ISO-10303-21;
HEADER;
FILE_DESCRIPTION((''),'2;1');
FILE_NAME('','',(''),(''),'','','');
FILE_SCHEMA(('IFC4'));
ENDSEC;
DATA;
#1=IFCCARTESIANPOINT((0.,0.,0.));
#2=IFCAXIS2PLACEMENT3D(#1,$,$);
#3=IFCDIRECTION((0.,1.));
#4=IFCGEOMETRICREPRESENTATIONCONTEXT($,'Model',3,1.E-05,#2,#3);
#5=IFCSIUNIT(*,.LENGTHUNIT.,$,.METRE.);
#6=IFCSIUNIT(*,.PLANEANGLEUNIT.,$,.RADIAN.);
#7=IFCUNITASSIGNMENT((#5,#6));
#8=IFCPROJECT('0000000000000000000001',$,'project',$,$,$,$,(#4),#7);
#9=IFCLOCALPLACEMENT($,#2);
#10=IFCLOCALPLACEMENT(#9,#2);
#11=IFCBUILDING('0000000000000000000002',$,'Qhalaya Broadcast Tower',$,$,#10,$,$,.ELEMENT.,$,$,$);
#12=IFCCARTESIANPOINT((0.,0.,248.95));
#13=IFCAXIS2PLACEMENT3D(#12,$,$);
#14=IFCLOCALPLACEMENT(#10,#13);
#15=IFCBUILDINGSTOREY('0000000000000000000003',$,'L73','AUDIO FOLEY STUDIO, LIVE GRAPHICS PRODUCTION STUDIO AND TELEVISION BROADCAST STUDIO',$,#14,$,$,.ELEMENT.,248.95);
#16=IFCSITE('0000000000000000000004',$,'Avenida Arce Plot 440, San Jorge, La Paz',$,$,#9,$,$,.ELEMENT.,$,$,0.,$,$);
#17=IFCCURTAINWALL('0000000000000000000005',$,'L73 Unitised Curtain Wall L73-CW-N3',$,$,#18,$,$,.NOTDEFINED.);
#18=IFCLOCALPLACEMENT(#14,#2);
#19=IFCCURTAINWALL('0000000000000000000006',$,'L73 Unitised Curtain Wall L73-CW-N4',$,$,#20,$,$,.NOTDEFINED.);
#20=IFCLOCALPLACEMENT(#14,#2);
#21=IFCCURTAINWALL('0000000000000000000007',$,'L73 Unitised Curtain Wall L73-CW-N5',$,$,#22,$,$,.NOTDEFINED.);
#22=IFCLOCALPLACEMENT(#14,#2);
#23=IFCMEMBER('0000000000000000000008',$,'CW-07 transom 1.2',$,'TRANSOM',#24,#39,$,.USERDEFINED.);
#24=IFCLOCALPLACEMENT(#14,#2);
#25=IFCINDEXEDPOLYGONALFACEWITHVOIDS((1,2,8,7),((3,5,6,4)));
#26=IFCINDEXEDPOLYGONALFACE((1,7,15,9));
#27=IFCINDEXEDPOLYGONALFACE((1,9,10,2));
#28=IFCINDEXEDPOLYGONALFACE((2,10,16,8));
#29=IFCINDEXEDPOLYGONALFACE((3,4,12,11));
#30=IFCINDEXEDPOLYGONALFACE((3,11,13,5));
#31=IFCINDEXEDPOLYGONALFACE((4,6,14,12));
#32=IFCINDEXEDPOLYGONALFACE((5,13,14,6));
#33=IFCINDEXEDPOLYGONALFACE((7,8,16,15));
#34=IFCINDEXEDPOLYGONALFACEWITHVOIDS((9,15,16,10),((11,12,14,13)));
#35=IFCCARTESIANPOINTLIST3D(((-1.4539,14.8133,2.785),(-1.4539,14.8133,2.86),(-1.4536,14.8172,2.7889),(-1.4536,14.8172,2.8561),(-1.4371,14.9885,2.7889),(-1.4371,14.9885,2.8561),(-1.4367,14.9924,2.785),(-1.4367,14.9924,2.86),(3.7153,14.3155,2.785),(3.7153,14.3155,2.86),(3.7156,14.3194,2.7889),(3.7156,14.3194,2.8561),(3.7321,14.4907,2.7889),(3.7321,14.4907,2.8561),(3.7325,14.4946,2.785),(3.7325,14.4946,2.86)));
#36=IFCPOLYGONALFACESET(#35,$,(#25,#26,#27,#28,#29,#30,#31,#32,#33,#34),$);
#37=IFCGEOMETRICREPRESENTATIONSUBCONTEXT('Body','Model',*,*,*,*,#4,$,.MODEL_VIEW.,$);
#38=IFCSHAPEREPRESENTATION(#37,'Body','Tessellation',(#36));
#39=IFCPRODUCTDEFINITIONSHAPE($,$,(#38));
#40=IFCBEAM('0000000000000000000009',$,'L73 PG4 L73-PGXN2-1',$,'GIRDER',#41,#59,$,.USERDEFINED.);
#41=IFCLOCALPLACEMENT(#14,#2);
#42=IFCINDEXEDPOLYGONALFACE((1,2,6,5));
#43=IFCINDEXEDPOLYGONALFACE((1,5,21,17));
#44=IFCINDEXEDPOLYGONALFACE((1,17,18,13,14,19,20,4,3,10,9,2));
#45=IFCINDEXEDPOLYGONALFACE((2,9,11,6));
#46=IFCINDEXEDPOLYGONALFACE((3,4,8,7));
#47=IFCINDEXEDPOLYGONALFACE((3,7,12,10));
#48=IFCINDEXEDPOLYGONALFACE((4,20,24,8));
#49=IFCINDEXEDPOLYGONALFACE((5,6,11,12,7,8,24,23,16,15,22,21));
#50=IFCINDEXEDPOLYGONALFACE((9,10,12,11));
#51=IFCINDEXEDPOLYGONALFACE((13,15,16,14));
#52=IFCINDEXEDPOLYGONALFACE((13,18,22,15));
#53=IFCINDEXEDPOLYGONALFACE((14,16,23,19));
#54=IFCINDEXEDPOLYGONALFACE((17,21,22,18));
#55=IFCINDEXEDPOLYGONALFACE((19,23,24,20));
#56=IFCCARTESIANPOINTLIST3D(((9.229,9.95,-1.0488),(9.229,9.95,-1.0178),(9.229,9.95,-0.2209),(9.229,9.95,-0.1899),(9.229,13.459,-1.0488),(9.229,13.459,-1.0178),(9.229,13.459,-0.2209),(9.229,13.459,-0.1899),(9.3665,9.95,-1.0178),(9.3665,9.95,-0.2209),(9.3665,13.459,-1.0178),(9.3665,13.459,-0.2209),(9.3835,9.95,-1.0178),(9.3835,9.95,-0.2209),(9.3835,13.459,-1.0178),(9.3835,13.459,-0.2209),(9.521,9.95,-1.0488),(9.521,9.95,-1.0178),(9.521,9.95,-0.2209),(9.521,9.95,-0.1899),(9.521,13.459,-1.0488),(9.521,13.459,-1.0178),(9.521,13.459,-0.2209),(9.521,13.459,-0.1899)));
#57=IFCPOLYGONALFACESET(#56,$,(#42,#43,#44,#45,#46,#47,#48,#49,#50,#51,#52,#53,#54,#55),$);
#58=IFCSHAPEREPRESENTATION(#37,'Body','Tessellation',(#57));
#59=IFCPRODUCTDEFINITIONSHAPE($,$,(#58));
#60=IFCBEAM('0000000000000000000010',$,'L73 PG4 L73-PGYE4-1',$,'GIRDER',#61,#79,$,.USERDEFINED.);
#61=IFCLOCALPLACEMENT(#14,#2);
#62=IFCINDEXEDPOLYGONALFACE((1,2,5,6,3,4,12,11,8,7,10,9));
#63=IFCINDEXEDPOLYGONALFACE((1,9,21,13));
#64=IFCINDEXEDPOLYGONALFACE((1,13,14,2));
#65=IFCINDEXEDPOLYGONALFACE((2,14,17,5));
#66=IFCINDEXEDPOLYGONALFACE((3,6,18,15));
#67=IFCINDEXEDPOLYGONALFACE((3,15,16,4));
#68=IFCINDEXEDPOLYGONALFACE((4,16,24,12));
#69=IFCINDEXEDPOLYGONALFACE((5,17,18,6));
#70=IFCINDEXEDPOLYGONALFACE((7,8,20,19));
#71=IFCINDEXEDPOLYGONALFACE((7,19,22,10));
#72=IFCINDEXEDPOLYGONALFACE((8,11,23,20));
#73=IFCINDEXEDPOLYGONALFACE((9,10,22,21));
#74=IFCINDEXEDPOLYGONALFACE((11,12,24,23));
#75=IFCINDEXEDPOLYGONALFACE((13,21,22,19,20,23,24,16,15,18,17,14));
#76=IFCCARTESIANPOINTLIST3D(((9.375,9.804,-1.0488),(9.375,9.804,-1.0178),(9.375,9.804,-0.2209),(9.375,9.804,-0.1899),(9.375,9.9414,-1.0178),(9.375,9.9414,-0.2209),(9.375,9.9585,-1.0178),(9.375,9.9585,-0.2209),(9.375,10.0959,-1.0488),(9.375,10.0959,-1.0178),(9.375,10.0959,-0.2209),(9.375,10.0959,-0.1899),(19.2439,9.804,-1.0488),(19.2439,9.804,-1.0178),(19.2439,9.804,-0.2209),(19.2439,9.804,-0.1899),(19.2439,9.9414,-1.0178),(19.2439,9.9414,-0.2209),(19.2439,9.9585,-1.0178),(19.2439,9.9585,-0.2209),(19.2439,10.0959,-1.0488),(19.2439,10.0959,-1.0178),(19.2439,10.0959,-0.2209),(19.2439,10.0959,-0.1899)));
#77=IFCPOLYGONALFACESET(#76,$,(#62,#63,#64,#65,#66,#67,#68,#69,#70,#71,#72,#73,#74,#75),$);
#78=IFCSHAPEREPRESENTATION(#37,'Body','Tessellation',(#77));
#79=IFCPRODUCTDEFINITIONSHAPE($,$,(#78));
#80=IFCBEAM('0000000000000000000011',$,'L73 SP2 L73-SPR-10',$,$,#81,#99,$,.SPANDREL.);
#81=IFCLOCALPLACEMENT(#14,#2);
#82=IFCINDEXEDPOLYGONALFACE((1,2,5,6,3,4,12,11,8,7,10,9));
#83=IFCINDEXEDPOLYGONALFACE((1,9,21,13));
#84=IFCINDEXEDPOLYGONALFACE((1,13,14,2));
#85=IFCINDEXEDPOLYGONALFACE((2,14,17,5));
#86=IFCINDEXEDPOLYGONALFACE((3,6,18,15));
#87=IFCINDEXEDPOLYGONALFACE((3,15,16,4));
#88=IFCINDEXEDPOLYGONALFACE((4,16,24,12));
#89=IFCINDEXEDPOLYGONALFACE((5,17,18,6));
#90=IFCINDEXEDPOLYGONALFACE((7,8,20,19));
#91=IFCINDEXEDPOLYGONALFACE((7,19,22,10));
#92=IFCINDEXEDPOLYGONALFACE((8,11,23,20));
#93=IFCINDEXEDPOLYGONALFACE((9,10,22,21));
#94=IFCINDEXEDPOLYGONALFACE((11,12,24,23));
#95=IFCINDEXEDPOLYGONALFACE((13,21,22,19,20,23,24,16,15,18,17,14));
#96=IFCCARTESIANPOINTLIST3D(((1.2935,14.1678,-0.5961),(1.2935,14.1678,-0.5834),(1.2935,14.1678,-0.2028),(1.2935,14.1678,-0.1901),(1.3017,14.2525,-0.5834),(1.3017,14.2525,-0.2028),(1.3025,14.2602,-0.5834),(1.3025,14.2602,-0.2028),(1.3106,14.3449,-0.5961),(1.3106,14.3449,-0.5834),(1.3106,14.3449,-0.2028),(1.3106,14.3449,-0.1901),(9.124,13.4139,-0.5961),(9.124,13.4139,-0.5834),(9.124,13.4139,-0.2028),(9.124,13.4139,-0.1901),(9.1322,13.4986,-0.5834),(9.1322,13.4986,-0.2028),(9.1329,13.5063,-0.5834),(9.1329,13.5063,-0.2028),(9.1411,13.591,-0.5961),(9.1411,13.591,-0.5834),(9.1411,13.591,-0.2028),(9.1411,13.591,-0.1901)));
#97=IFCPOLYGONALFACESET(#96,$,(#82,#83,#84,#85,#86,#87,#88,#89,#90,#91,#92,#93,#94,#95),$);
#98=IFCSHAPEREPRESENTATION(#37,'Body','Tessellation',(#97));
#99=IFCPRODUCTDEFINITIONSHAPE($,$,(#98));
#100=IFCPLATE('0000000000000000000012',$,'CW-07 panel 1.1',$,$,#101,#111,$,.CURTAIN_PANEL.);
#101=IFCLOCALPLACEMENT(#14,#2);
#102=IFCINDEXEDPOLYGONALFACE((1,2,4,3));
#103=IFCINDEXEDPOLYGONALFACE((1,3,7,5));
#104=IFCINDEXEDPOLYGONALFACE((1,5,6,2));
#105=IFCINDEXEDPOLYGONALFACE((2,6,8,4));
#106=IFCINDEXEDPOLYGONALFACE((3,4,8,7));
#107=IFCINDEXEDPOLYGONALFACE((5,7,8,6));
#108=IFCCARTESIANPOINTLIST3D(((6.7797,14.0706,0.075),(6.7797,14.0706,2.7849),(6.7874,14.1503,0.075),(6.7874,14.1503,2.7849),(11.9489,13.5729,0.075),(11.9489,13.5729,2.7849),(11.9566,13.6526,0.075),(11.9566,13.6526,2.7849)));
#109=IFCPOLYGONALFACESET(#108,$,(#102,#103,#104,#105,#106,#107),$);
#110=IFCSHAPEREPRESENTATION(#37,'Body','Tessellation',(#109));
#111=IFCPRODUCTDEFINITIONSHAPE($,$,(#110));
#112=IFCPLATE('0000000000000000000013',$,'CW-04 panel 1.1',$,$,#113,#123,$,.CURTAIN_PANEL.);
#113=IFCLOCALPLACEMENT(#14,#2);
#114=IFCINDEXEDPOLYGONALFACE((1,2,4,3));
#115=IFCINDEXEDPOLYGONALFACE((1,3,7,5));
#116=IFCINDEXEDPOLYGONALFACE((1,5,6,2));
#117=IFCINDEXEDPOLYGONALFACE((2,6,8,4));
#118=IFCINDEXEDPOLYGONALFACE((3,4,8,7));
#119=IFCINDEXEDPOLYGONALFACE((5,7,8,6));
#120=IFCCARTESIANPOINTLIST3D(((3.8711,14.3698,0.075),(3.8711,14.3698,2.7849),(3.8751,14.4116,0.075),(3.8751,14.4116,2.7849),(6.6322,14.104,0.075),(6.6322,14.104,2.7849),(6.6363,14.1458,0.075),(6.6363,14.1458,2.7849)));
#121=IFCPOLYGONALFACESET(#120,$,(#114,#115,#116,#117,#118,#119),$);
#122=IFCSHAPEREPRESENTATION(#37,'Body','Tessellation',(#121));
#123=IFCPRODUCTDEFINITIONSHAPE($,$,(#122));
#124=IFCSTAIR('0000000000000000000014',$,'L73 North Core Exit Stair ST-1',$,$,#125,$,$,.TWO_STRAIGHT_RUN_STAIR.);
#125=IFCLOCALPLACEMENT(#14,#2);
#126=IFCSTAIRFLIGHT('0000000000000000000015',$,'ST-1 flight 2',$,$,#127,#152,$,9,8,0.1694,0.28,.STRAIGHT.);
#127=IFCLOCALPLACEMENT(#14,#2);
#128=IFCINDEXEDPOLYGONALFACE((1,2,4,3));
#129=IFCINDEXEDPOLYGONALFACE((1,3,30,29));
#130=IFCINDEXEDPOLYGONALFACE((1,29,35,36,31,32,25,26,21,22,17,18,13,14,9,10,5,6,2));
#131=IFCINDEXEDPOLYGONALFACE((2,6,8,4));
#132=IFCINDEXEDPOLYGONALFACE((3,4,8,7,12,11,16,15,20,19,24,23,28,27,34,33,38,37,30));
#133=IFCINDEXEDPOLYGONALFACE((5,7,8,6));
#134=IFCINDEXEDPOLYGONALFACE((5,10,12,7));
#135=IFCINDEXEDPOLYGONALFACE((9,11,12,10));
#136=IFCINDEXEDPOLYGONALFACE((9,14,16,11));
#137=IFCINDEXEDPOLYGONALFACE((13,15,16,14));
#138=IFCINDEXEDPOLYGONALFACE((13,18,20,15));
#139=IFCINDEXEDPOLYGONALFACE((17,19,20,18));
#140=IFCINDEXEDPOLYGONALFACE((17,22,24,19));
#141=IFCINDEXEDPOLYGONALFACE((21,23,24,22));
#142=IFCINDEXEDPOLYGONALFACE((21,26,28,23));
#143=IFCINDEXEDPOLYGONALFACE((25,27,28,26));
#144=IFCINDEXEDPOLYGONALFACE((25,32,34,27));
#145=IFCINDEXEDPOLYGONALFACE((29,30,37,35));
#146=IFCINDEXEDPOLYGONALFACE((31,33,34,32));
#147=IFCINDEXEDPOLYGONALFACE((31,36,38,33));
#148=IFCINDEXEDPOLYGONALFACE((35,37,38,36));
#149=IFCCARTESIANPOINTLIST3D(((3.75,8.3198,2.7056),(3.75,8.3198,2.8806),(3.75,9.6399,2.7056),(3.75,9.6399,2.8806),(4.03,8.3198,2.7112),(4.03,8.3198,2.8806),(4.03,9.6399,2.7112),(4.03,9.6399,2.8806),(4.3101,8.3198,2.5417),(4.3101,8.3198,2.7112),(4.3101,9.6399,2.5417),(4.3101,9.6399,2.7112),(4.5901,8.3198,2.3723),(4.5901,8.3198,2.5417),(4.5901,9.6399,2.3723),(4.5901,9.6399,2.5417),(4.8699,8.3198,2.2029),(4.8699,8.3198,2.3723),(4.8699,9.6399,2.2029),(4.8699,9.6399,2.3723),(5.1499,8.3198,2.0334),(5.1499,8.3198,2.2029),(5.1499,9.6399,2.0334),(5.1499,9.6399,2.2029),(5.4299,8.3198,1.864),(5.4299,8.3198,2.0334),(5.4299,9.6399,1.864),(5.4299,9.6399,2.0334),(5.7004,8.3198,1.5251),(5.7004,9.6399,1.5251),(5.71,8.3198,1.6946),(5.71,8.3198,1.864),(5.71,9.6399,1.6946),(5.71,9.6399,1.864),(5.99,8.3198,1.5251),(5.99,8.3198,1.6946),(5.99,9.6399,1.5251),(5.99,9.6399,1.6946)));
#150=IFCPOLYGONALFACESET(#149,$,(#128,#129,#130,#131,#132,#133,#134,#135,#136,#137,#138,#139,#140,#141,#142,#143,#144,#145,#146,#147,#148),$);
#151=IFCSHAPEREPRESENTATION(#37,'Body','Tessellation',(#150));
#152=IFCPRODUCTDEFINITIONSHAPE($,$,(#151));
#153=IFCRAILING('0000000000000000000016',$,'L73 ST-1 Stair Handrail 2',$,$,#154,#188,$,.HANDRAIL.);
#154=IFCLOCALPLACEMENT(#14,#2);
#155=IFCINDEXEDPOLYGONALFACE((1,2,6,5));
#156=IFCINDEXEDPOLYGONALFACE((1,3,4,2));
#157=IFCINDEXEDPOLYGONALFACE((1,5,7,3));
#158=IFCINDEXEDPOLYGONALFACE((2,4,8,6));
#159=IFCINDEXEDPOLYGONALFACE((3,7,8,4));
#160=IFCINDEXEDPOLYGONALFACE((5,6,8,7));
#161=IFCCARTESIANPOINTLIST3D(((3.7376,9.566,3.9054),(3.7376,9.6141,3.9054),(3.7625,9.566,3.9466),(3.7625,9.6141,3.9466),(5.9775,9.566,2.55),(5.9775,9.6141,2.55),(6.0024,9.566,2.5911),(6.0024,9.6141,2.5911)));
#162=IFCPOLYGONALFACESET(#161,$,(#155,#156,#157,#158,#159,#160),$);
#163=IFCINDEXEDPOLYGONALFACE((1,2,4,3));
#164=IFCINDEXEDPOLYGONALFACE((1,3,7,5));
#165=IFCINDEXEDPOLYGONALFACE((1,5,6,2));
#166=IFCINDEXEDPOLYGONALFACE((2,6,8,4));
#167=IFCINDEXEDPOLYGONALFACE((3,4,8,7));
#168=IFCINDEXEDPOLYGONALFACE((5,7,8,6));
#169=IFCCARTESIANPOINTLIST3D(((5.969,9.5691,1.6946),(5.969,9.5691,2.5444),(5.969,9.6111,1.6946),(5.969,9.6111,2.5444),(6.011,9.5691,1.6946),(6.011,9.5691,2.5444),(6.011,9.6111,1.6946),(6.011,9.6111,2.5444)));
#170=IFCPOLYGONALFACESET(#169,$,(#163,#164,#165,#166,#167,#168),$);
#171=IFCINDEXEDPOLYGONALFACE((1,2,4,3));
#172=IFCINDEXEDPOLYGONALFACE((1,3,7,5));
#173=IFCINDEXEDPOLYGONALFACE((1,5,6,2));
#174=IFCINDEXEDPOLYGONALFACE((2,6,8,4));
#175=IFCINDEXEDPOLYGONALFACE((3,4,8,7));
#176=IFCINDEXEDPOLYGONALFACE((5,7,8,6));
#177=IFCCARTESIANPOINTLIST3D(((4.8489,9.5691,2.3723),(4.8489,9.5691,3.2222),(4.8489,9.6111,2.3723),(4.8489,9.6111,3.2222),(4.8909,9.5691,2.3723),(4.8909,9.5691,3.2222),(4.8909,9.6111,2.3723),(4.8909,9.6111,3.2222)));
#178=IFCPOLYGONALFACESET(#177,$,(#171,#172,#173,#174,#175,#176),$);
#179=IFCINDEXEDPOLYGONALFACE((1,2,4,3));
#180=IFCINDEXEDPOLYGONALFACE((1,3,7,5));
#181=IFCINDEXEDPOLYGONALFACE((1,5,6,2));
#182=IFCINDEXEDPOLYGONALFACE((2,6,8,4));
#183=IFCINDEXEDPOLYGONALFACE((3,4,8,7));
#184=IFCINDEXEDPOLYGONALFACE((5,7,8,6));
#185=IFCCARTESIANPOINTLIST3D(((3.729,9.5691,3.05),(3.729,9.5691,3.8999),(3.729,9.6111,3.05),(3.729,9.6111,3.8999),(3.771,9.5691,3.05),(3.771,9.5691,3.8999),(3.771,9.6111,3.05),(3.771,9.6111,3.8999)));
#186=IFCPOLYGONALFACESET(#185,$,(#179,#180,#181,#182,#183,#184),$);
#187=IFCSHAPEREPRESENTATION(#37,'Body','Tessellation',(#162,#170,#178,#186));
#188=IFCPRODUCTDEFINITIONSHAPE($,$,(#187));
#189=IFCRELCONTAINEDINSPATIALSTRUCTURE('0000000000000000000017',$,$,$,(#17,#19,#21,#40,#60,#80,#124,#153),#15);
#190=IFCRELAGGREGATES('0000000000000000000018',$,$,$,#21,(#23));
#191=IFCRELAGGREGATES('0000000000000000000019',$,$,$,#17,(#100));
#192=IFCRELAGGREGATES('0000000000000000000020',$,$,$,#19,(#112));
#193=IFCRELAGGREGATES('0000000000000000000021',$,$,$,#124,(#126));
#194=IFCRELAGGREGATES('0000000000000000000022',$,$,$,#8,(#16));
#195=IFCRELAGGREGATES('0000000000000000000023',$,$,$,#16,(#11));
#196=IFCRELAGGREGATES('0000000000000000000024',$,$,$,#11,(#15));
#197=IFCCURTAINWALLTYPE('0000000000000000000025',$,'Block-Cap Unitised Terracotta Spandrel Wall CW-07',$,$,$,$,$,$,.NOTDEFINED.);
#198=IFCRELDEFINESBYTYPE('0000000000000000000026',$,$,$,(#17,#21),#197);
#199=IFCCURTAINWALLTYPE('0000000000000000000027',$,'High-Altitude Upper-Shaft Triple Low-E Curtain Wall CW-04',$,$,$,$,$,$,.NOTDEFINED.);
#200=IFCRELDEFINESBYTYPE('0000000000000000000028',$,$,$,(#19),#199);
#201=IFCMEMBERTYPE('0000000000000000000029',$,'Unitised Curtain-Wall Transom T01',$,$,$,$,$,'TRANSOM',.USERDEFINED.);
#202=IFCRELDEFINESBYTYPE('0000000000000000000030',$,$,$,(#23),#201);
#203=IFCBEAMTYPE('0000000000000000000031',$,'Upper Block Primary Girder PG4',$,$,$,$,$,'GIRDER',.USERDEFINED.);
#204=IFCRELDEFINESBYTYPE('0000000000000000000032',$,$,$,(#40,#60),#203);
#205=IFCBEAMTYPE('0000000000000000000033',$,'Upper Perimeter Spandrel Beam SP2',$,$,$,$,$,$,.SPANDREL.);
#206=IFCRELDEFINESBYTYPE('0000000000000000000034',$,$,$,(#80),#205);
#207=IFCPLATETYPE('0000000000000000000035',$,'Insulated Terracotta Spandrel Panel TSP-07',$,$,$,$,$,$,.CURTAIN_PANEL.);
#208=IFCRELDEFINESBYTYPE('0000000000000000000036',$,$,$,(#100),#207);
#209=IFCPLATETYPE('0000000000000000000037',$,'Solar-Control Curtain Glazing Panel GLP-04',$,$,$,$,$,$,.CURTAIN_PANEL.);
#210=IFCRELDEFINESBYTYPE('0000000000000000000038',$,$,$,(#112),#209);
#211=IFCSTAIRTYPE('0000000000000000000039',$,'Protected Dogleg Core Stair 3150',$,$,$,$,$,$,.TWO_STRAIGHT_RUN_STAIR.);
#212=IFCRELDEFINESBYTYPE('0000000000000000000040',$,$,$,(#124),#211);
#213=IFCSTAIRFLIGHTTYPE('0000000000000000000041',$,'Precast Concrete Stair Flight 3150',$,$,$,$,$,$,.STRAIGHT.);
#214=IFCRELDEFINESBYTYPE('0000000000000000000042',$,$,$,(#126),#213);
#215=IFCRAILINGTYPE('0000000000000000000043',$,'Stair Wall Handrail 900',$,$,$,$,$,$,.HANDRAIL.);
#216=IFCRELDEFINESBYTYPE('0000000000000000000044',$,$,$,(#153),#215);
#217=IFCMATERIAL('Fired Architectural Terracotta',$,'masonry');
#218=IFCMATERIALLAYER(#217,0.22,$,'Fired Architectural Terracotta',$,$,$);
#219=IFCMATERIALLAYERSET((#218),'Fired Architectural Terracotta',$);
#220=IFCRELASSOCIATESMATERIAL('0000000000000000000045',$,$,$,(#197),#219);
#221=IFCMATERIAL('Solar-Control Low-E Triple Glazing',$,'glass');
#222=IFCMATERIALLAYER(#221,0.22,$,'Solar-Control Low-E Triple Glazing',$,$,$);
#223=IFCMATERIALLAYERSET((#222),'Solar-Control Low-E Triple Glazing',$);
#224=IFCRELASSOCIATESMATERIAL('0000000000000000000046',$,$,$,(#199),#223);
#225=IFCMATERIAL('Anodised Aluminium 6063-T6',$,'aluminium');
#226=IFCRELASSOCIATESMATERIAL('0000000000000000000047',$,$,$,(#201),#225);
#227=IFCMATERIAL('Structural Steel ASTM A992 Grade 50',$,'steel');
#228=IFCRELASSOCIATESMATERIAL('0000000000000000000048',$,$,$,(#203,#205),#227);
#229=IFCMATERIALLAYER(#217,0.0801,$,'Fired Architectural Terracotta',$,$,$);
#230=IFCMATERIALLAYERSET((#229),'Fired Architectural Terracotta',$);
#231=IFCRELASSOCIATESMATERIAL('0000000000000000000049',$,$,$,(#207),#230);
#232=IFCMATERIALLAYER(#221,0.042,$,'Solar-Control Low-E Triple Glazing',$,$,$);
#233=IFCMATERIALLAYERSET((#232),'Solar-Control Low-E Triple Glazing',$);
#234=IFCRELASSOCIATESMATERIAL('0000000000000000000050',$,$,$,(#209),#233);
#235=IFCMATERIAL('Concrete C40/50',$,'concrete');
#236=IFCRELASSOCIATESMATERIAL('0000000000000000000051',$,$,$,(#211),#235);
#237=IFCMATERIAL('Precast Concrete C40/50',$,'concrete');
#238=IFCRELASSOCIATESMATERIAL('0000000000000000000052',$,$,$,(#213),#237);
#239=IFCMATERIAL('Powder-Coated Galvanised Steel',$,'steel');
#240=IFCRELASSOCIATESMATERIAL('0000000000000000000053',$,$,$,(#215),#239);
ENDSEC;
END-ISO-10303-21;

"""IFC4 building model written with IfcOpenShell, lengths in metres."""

from ifc_helpers import new_model, si_unit, direction, frame, origin, origin_2d, place, context, subcontext, project, spatial, polyline, rectangle, hollow_rectangle, i_section, outline, extrude, material, layer, layer_set, material_profile, profile_set, type_object, element, aggregate, save


model = new_model("IFC4")

# Units and contexts
model_context = context("Model", 3, precision=1e-05, world=origin(), true_north=direction((0.0, 1.0)))
body_context = subcontext(model_context, "Body", "Model", "MODEL_VIEW")
ifc_project = project(units=[si_unit("LENGTHUNIT", "METRE"), si_unit("PLANEANGLEUNIT", "RADIAN")], contexts=[model_context])

# Site, building, storey
site_placement = place(None, origin())
site = spatial("IfcSite", under=ifc_project, at=site_placement, Name="Avenida Arce Plot 440, San Jorge, La Paz", CompositionType="ELEMENT", RefElevation=0.0)
building_placement = place(site_placement, origin())
building = spatial("IfcBuilding", under=site, at=building_placement, Name="Qhalaya Broadcast Tower", CompositionType="ELEMENT")
storey_placement = place(building_placement, frame((0.0, 0.0, 248.95)))
storey = spatial("IfcBuildingStorey", under=building, at=storey_placement, Name="L73", Description="AUDIO FOLEY STUDIO, LIVE GRAPHICS PRODUCTION STUDIO AND TELEVISION BROADCAST STUDIO", CompositionType="ELEMENT", Elevation=248.95)

# Shared definitions
ifc_material_1 = material(Name="Structural Steel ASTM A992 Grade 50", Category="steel")

# Curtain wall
ifc_material_2 = material(Name="Fired Architectural Terracotta", Category="masonry")
ifc_layer_1 = layer(ifc_material_2, 0.22, Name="Fired Architectural Terracotta")
ifc_layer_set_1 = layer_set([ifc_layer_1], Name="Fired Architectural Terracotta")
curtain_wall_type_1 = type_object("IfcCurtainWallType", Name="Block-Cap Unitised Terracotta Spandrel Wall CW-07", PredefinedType="NOTDEFINED", material=ifc_layer_set_1)
curtain_wall_1_placement = place(storey_placement, origin())
curtain_wall_1 = element("IfcCurtainWall", 1, at=curtain_wall_1_placement, inside=storey, type_object=curtain_wall_type_1, Name="L73 Unitised Curtain Wall L73-CW-N3", PredefinedType="NOTDEFINED")
ifc_material_3 = material(Name="Anodised Aluminium 6063-T6", Category="aluminium")

# Curtain wall
ifc_material_4 = material(Name="Solar-Control Low-E Triple Glazing", Category="glass")
ifc_layer_2 = layer(ifc_material_4, 0.22, Name="Solar-Control Low-E Triple Glazing")
ifc_layer_set_2 = layer_set([ifc_layer_2], Name="Solar-Control Low-E Triple Glazing")
curtain_wall_type_2 = type_object("IfcCurtainWallType", Name="High-Altitude Upper-Shaft Triple Low-E Curtain Wall CW-04", PredefinedType="NOTDEFINED", material=ifc_layer_set_2)
curtain_wall_2_placement = place(storey_placement, origin())
curtain_wall_2 = element("IfcCurtainWall", 2, at=curtain_wall_2_placement, inside=storey, type_object=curtain_wall_type_2, Name="L73 Unitised Curtain Wall L73-CW-N4", PredefinedType="NOTDEFINED")

# Curtain wall
curtain_wall_3_placement = place(storey_placement, origin())
curtain_wall_3 = element("IfcCurtainWall", 3, at=curtain_wall_3_placement, inside=storey, type_object=curtain_wall_type_1, Name="L73 Unitised Curtain Wall L73-CW-N5", PredefinedType="NOTDEFINED")

# Member
ifc_material_profile_1 = material_profile(ifc_material_3, hollow_rectangle(XDim=0.075, YDim=0.1799, WallThickness=0.0039, at=origin_2d()), Name="ALU-TRN 75x180x4")
ifc_profile_set_1 = profile_set([ifc_material_profile_1], Name="Anodised Aluminium 6063-T6")
member_type_1 = type_object("IfcMemberType", Name="Unitised Curtain-Wall Transom T01", ElementType="TRANSOM", PredefinedType="USERDEFINED", material=ifc_profile_set_1)
member_1_placement = place(storey_placement, frame((3.7239, 14.405, 2.8225), z_axis=(-0.995395, 0.095858, 0.0), x_axis=(0.0, 0.0, 1.0)))
member_1 = element("IfcMember", 4, at=member_1_placement, type_object=member_type_1, Name="CW-07 transom 1.2", ObjectType="TRANSOM", PredefinedType="USERDEFINED", context=body_context, shape_type="SweptSolid", body=[
    extrude(hollow_rectangle(XDim=0.075, YDim=0.1799, WallThickness=0.0039, at=origin_2d()), origin(), (0.0, 0.0, 1.0), 5.1931),
])
aggregate(curtain_wall_3, [member_1])

# Beams
ifc_material_profile_2 = material_profile(ifc_material_1, i_section(OverallWidth=0.292, OverallDepth=0.8589, WebThickness=0.0171, FlangeThickness=0.031, at=origin_2d()), Name="W33X169")
ifc_profile_set_2 = profile_set([ifc_material_profile_2], Name="Structural Steel ASTM A992 Grade 50")
beam_type_1 = type_object("IfcBeamType", Name="Upper Block Primary Girder PG4", ElementType="GIRDER", PredefinedType="USERDEFINED", material=ifc_profile_set_2)
beam_1_placement = place(storey_placement, frame((9.375, 9.95, -0.6194), z_axis=(0.0, 1.0, 0.0), x_axis=(-1.0, 0.0, 0.0)))
element("IfcBeam", 5, at=beam_1_placement, inside=storey, type_object=beam_type_1, Name="L73 PG4 L73-PGXN2-1", ObjectType="GIRDER", PredefinedType="USERDEFINED", context=body_context, shape_type="SweptSolid", body=[
    extrude(i_section(OverallWidth=0.292, OverallDepth=0.8589, WebThickness=0.0171, FlangeThickness=0.031, at=origin_2d()), origin(), (0.0, 0.0, 1.0), 3.509),
])
beam_2_placement = place(storey_placement, frame((9.375, 9.95, -0.6194), z_axis=(1.0, 0.0, 0.0), x_axis=(0.0, 1.0, 0.0)))
element("IfcBeam", 6, at=beam_2_placement, inside=storey, type_object=beam_type_1, Name="L73 PG4 L73-PGYE4-1", ObjectType="GIRDER", PredefinedType="USERDEFINED", context=body_context, shape_type="SweptSolid", body=[
    extrude(i_section(OverallWidth=0.292, OverallDepth=0.8589, WebThickness=0.0171, FlangeThickness=0.031, at=origin_2d()), origin(), (0.0, 0.0, 1.0), 9.8689),
])
ifc_material_profile_3 = material_profile(ifc_material_1, i_section(OverallWidth=0.178, OverallDepth=0.406, WebThickness=0.0078, FlangeThickness=0.0127, at=origin_2d()), Name="W16X40")
ifc_profile_set_3 = profile_set([ifc_material_profile_3], Name="Structural Steel ASTM A992 Grade 50")
beam_type_2 = type_object("IfcBeamType", Name="Upper Perimeter Spandrel Beam SP2", PredefinedType="SPANDREL", material=ifc_profile_set_3)
beam_3_placement = place(storey_placement, frame((9.1326, 13.5024, -0.3931), z_axis=(-0.995397, 0.095834, 0.0), x_axis=(-0.095834, -0.995397, 0.0)))
element("IfcBeam", 7, at=beam_3_placement, inside=storey, type_object=beam_type_2, Name="L73 SP2 L73-SPR-10", PredefinedType="SPANDREL", context=body_context, shape_type="SweptSolid", body=[
    extrude(i_section(OverallWidth=0.178, OverallDepth=0.406, WebThickness=0.0078, FlangeThickness=0.0127, at=origin_2d()), origin(), (0.0, 0.0, 1.0), 7.8667),
])

# Plates
ifc_layer_3 = layer(ifc_material_2, 0.0801, Name="Fired Architectural Terracotta")
ifc_layer_set_3 = layer_set([ifc_layer_3], Name="Fired Architectural Terracotta")
plate_type_1 = type_object("IfcPlateType", Name="Insulated Terracotta Spandrel Panel TSP-07", PredefinedType="CURTAIN_PANEL", material=ifc_layer_set_3)
plate_1_placement = place(storey_placement, frame((9.3682, 13.8616, 0.075), z_axis=(0.0, 0.0, 1.0), x_axis=(-0.995396, 0.095845, 0.0)))
plate_1 = element("IfcPlate", 8, at=plate_1_placement, type_object=plate_type_1, Name="CW-07 panel 1.1", PredefinedType="CURTAIN_PANEL", context=body_context, shape_type="SweptSolid", body=[
    extrude(rectangle(XDim=5.1931, YDim=0.0801, at=origin_2d()), origin(), (0.0, 0.0, 1.0), 2.71),
])
aggregate(curtain_wall_1, [plate_1])
ifc_layer_4 = layer(ifc_material_4, 0.042, Name="Solar-Control Low-E Triple Glazing")
ifc_layer_set_4 = layer_set([ifc_layer_4], Name="Solar-Control Low-E Triple Glazing")
plate_type_2 = type_object("IfcPlateType", Name="Solar-Control Curtain Glazing Panel GLP-04", PredefinedType="CURTAIN_PANEL", material=ifc_layer_set_4)
plate_2_placement = place(storey_placement, frame((5.2537, 14.2578, 0.075), z_axis=(0.0, 0.0, 1.0), x_axis=(-0.995398, 0.095829, 0.0)))
plate_2 = element("IfcPlate", 9, at=plate_2_placement, type_object=plate_type_2, Name="CW-04 panel 1.1", PredefinedType="CURTAIN_PANEL", context=body_context, shape_type="SweptSolid", body=[
    extrude(rectangle(XDim=2.7739, YDim=0.042, at=origin_2d()), origin(), (0.0, 0.0, 1.0), 2.71),
])
aggregate(curtain_wall_2, [plate_2])

# Stair, stair flight
ifc_material_5 = material(Name="Concrete C40/50", Category="concrete")
stair_type = type_object("IfcStairType", Name="Protected Dogleg Core Stair 3150", PredefinedType="TWO_STRAIGHT_RUN_STAIR", material=ifc_material_5)
stair_placement = place(storey_placement, origin())
stair = element("IfcStair", 10, at=stair_placement, inside=storey, type_object=stair_type, Name="L73 North Core Exit Stair ST-1", PredefinedType="TWO_STRAIGHT_RUN_STAIR")
ifc_material_6 = material(Name="Precast Concrete C40/50", Category="concrete")
stair_flight_type = type_object("IfcStairFlightType", Name="Precast Concrete Stair Flight 3150", PredefinedType="STRAIGHT", material=ifc_material_6)
stair_flight_placement = place(storey_placement, frame((5.99, 8.98, 1.5251), z_axis=(0.0, 0.0, 1.0), x_axis=(-1.0, 0.0, 0.0)))
stair_flight = element("IfcStairFlight", 11, at=stair_flight_placement, type_object=stair_flight_type, Name="ST-1 flight 2", NumberOfRisers=9, NumberOfTreads=8, PredefinedType="STRAIGHT", RiserHeight=0.1694, TreadLength=0.28, context=body_context, shape_type="SweptSolid", body=[
    extrude(outline(polyline([(0.0, 0.0), (0.0, 0.1694), (0.28, 0.1694), (0.28, 0.3389), (0.5601, 0.3389), (0.5601, 0.5083), (0.8401, 0.5083), (0.8401, 0.6777), (1.1201, 0.6777), (1.1201, 0.8472), (1.3999, 0.8472), (1.3999, 1.0166), (1.6799, 1.0166), (1.6799, 1.186), (1.96, 1.186), (1.96, 1.3555), (2.24, 1.3555), (2.24, 1.5249), (2.24, 1.1804), (0.2896, 0.0), (0.0, 0.0)])), frame((0.0, 0.6602, 0.0), z_axis=(0.0, -1.0, 0.0), x_axis=(1.0, 0.0, 0.0)), (0.0, 0.0, 1.0), 1.3201),
])
aggregate(stair, [stair_flight])

# Railing
ifc_material_7 = material(Name="Powder-Coated Galvanised Steel", Category="steel")
railing_type = type_object("IfcRailingType", Name="Stair Wall Handrail 900", PredefinedType="HANDRAIL", material=ifc_material_7)
railing_placement = place(storey_placement, frame((5.99, 9.5901, 1.6946)))
element("IfcRailing", 12, at=railing_placement, inside=storey, type_object=railing_type, Name="L73 ST-1 Stair Handrail 2", PredefinedType="HANDRAIL", context=body_context, shape_type="SweptSolid", body=[
    extrude(rectangle(XDim=0.0481, YDim=0.0481, at=origin_2d()), frame((0.0, 0.0, 0.876), z_axis=(-0.855553, 0.0, 0.517715), x_axis=(0.0, -1.0, 0.0)), (0.0, 0.0, 1.0), 2.6182),
    extrude(rectangle(XDim=0.042, YDim=0.042, at=origin_2d()), origin(), (0.0, 0.0, 1.0), 0.8499),
    extrude(rectangle(XDim=0.042, YDim=0.042, at=origin_2d()), frame((-1.1201, 0.0, 0.6777)), (0.0, 0.0, 1.0), 0.8499),
    extrude(rectangle(XDim=0.042, YDim=0.042, at=origin_2d()), frame((-2.24, 0.0, 1.3555)), (0.0, 0.0, 1.0), 0.8499),
])

save(model, "model.ifc")
